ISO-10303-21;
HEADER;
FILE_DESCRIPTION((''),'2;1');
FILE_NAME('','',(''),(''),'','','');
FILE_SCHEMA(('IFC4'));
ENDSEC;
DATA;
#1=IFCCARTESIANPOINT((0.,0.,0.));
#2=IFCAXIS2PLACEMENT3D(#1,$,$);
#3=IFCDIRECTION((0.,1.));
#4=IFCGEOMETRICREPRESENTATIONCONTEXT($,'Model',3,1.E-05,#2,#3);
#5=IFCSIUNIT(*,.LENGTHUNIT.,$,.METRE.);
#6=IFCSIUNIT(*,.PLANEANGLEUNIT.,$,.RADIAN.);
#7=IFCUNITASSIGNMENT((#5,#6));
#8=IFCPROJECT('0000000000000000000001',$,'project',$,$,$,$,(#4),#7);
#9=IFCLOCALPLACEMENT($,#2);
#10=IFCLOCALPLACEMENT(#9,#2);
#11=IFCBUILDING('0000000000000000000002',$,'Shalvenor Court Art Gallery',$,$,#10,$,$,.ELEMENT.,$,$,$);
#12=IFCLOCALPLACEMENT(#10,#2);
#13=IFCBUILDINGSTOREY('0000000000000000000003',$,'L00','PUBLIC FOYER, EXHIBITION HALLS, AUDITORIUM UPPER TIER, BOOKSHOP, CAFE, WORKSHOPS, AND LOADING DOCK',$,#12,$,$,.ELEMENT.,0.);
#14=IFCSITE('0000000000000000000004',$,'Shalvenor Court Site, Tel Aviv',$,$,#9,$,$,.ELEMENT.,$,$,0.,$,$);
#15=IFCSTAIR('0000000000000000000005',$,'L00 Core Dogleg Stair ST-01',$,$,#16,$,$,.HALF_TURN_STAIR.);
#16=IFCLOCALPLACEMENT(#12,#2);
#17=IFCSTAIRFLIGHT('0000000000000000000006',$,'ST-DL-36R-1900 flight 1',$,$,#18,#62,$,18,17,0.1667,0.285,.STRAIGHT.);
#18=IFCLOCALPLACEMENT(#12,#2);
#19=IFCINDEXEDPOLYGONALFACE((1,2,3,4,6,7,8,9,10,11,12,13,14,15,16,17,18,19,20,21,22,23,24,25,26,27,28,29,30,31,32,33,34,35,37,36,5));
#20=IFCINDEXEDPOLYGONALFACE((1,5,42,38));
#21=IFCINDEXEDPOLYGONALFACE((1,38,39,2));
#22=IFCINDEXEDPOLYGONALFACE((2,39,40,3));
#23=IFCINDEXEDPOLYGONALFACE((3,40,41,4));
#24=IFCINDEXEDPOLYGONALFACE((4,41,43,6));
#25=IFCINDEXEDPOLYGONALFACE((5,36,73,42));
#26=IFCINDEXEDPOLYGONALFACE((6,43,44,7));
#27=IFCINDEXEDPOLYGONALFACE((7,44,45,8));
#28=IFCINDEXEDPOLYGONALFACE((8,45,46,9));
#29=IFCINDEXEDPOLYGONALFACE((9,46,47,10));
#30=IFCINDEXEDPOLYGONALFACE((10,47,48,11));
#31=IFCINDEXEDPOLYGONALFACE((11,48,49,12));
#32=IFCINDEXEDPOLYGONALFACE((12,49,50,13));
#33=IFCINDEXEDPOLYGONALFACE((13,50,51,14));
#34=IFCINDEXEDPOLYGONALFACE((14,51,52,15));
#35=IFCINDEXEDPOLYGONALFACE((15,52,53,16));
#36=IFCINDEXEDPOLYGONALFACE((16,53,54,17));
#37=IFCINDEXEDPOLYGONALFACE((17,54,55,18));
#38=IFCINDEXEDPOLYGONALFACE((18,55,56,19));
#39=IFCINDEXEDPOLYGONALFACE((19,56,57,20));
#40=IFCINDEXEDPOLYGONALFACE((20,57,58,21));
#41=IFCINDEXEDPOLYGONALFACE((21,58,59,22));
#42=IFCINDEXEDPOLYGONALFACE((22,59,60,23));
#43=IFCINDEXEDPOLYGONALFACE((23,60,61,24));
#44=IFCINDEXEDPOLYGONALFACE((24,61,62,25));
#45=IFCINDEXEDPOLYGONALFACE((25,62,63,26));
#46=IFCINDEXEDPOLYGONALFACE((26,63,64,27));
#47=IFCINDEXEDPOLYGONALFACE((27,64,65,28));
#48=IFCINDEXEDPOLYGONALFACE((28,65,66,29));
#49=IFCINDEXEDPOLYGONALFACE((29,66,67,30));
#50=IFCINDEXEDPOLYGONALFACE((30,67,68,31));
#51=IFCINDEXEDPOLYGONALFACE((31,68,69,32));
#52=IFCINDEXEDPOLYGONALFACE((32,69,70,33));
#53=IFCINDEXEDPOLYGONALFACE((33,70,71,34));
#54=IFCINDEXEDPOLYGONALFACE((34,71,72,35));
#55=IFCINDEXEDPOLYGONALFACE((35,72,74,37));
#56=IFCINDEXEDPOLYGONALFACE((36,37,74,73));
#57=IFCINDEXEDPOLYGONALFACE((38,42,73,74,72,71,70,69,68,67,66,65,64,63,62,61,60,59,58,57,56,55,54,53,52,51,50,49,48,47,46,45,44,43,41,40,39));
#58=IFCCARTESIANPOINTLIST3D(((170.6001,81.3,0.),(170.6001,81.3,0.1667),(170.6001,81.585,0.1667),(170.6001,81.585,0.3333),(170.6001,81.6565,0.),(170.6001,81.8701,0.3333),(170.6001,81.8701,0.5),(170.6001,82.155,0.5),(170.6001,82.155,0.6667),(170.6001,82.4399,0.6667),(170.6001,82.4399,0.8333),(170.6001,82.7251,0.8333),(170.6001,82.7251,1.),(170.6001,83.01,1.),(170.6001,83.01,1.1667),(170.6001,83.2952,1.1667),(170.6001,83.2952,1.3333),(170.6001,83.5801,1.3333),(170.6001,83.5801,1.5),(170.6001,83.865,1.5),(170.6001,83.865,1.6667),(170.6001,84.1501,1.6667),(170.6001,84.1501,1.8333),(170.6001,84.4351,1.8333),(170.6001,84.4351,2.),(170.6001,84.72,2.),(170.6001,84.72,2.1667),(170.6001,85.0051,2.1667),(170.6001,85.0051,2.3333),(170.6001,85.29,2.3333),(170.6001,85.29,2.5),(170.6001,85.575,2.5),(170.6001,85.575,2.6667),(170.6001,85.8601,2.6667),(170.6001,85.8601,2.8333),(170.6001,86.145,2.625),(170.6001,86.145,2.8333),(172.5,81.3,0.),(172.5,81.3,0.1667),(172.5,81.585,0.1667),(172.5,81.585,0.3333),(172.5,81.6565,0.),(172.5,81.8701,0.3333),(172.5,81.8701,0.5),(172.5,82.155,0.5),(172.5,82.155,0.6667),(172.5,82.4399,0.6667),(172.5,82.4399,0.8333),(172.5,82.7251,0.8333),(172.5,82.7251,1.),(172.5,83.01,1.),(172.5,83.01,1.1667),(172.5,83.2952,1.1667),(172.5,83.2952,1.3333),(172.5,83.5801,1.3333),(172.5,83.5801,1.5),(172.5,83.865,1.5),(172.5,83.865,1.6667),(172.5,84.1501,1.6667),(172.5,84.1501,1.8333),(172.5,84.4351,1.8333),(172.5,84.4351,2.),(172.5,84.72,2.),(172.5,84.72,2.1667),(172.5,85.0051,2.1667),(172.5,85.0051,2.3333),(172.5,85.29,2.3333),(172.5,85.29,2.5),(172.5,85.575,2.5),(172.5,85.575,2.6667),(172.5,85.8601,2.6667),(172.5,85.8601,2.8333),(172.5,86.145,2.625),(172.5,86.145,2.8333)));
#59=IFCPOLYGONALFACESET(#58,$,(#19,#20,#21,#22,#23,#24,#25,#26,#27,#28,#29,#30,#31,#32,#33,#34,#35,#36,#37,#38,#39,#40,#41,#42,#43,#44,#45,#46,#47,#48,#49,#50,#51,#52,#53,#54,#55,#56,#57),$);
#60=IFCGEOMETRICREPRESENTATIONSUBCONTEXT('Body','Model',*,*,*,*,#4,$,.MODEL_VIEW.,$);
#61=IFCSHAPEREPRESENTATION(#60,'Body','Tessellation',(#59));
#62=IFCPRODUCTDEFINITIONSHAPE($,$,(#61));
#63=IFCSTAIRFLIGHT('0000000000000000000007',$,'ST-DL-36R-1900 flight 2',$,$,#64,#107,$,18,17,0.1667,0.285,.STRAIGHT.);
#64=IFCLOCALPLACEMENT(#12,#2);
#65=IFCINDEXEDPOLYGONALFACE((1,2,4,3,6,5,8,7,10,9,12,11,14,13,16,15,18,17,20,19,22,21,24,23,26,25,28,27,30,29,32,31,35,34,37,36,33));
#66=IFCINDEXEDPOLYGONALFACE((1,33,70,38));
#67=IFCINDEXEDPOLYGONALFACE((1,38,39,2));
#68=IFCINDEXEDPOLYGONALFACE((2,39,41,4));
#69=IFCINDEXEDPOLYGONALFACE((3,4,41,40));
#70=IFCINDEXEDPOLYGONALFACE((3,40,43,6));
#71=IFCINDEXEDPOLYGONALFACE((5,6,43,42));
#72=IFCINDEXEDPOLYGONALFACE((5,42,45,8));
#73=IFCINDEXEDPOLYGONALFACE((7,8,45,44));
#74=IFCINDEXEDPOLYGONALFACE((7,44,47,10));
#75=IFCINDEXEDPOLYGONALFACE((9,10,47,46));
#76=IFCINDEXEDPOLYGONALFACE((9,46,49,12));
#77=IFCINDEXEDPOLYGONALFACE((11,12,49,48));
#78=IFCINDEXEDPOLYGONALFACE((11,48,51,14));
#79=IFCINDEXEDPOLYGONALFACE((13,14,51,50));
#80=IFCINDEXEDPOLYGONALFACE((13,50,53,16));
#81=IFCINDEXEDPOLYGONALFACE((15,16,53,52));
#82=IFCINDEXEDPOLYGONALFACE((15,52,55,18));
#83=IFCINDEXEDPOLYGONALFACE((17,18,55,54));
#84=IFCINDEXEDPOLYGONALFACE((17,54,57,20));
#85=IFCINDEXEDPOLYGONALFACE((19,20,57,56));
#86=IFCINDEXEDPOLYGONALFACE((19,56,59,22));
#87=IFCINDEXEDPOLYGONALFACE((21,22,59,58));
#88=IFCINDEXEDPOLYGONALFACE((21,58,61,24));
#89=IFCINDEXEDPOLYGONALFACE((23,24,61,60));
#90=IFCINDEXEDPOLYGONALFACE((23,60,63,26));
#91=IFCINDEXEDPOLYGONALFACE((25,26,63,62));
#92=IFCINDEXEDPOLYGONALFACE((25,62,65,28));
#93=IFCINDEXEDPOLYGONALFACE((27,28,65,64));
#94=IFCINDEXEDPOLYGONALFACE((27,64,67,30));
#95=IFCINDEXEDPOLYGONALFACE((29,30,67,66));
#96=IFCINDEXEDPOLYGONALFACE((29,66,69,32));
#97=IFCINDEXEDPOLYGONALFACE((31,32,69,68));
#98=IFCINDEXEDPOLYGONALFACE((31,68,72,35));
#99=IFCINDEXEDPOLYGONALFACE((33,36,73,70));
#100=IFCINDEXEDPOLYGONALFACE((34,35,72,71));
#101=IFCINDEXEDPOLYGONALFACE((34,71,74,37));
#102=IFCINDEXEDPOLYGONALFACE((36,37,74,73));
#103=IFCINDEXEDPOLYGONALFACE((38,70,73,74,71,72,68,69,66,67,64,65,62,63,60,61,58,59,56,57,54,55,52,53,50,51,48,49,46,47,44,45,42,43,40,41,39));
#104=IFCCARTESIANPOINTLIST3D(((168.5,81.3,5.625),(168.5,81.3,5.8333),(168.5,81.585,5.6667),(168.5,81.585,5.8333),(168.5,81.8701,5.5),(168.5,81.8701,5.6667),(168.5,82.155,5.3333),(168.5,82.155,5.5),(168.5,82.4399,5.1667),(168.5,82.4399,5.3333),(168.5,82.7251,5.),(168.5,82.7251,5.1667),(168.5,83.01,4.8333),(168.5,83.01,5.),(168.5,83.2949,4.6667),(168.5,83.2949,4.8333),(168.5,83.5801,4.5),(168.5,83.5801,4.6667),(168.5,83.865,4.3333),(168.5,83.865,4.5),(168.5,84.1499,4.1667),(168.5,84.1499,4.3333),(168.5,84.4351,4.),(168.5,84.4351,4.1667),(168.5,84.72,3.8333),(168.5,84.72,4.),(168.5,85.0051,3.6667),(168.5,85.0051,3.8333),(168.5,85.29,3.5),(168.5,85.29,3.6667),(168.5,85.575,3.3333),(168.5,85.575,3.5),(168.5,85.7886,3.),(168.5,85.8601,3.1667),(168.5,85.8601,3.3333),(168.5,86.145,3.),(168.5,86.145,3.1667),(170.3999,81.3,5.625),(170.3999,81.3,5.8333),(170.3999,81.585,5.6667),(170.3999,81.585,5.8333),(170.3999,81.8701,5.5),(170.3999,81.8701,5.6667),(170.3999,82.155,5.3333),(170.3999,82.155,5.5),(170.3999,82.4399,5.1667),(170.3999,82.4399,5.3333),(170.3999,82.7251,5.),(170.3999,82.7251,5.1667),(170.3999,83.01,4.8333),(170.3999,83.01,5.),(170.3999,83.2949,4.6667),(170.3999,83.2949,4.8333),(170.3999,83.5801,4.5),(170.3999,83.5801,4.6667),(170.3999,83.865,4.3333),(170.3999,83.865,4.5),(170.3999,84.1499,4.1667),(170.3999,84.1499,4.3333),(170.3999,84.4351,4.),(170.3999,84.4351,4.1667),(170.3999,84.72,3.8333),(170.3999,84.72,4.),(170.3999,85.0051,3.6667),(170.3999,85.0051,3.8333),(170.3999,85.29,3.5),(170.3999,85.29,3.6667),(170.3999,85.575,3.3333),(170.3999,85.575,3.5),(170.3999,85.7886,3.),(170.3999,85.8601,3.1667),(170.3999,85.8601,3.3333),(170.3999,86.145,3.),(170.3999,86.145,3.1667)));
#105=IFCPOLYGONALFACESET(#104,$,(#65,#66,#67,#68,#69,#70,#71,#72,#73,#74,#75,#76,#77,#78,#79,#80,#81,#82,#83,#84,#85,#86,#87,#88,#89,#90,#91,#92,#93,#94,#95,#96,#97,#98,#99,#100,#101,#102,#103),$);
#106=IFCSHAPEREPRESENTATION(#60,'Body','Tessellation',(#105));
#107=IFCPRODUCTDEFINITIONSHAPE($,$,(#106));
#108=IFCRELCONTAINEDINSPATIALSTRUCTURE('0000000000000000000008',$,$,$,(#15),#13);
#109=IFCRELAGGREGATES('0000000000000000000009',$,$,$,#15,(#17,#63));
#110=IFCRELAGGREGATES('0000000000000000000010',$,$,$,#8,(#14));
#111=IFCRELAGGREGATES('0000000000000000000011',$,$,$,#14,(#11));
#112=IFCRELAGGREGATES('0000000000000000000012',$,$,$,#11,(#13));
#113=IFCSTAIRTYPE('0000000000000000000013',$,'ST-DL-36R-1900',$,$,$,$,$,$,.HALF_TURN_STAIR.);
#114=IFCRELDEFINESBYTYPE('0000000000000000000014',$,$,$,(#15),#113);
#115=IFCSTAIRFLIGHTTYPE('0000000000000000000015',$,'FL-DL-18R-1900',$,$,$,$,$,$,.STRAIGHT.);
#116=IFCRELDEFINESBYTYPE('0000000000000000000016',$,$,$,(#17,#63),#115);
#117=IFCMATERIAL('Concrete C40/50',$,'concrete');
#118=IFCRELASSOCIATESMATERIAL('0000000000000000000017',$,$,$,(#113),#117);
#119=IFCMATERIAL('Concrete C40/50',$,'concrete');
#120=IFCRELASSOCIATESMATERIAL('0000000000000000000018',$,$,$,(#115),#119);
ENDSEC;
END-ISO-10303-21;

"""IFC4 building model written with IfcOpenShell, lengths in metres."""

from ifc_helpers import new_model, si_unit, direction, frame, origin, place, context, subcontext, project, spatial, polyline, outline, extrude, material, type_object, element, aggregate, save


model = new_model("IFC4")

# Units and contexts
model_context = context("Model", 3, precision=1e-05, world=origin(), true_north=direction((0.0, 1.0)))
body_context = subcontext(model_context, "Body", "Model", "MODEL_VIEW")
ifc_project = project(units=[si_unit("LENGTHUNIT", "METRE"), si_unit("PLANEANGLEUNIT", "RADIAN")], contexts=[model_context])

# Site, building, storey
site_placement = place(None, origin())
site = spatial("IfcSite", under=ifc_project, at=site_placement, Name="Shalvenor Court Site, Tel Aviv", CompositionType="ELEMENT", RefElevation=0.0)
building_placement = place(site_placement, origin())
building = spatial("IfcBuilding", under=site, at=building_placement, Name="Shalvenor Court Art Gallery", CompositionType="ELEMENT")
storey_placement = place(building_placement, origin())
storey = spatial("IfcBuildingStorey", under=building, at=storey_placement, Name="L00", Description="PUBLIC FOYER, EXHIBITION HALLS, AUDITORIUM UPPER TIER, BOOKSHOP, CAFE, WORKSHOPS, AND LOADING DOCK", CompositionType="ELEMENT", Elevation=0.0)

# Stair, stair flights
ifc_material_1 = material(Name="Concrete C40/50", Category="concrete")
stair_type = type_object("IfcStairType", Name="ST-DL-36R-1900", PredefinedType="HALF_TURN_STAIR", material=ifc_material_1)
stair_placement = place(storey_placement, origin())
stair = element("IfcStair", 1, at=stair_placement, inside=storey, type_object=stair_type, Name="L00 Core Dogleg Stair ST-01", PredefinedType="HALF_TURN_STAIR")
ifc_material_2 = material(Name="Concrete C40/50", Category="concrete")
stair_flight_type = type_object("IfcStairFlightType", Name="FL-DL-18R-1900", PredefinedType="STRAIGHT", material=ifc_material_2)
stair_flight_1_placement = place(storey_placement, frame((171.55, 81.3, 0.0), z_axis=(0.0, 0.0, 1.0), x_axis=(0.0, 1.0, 0.0)))
stair_flight_1 = element("IfcStairFlight", 2, at=stair_flight_1_placement, type_object=stair_flight_type, Name="ST-DL-36R-1900 flight 1", NumberOfRisers=18, NumberOfTreads=17, PredefinedType="STRAIGHT", RiserHeight=0.1667, TreadLength=0.285, context=body_context, shape_type="SweptSolid", body=[
    extrude(outline(polyline([(0.0, 0.0), (0.0, 0.1667), (0.2849, 0.1667), (0.2849, 0.3333), (0.5701, 0.3333), (0.5701, 0.5), (0.855, 0.5), (0.855, 0.6667), (1.1399, 0.6667), (1.1399, 0.8333), (1.425, 0.8333), (1.425, 1.0), (1.71, 1.0), (1.71, 1.1667), (1.9951, 1.1667), (1.9951, 1.3333), (2.28, 1.3333), (2.28, 1.5), (2.5649, 1.5), (2.5649, 1.6667), (2.8501, 1.6667), (2.8501, 1.8333), (3.135, 1.8333), (3.135, 2.0), (3.4199, 2.0), (3.4199, 2.1667), (3.7051, 2.1667), (3.7051, 2.3333), (3.99, 2.3333), (3.99, 2.5), (4.2749, 2.5), (4.2749, 2.6667), (4.5601, 2.6667), (4.5601, 2.8333), (4.845, 2.8333), (4.845, 3.0), (4.845, 2.625), (0.3564, 0.0), (0.0, 0.0)])), frame((0.0, 0.95, 0.0), z_axis=(0.0, -1.0, 0.0), x_axis=(1.0, 0.0, 0.0)), (0.0, 0.0, 1.0), 1.8999),
])
stair_flight_2_placement = place(storey_placement, frame((169.45, 86.145, 3.0), z_axis=(0.0, 0.0, 1.0), x_axis=(0.0, -1.0, 0.0)))
stair_flight_2 = element("IfcStairFlight", 3, at=stair_flight_2_placement, type_object=stair_flight_type, Name="ST-DL-36R-1900 flight 2", NumberOfRisers=18, NumberOfTreads=17, PredefinedType="STRAIGHT", RiserHeight=0.1667, TreadLength=0.285, context=body_context, shape_type="SweptSolid", body=[
    extrude(outline(polyline([(0.0, 0.0), (0.0, 0.1667), (0.2849, 0.1667), (0.2849, 0.3333), (0.5701, 0.3333), (0.5701, 0.5), (0.855, 0.5), (0.855, 0.6667), (1.1399, 0.6667), (1.1399, 0.8333), (1.425, 0.8333), (1.425, 1.0), (1.71, 1.0), (1.71, 1.1667), (1.9951, 1.1667), (1.9951, 1.3333), (2.28, 1.3333), (2.28, 1.5), (2.5649, 1.5), (2.5649, 1.6667), (2.8501, 1.6667), (2.8501, 1.8333), (3.135, 1.8333), (3.135, 2.0), (3.4199, 2.0), (3.4199, 2.1667), (3.7051, 2.1667), (3.7051, 2.3333), (3.99, 2.3333), (3.99, 2.5), (4.2749, 2.5), (4.2749, 2.6667), (4.5601, 2.6667), (4.5601, 2.8333), (4.845, 2.8333), (4.845, 3.0), (4.845, 2.625), (0.3564, 0.0), (0.0, 0.0)])), frame((0.0, 0.95, 0.0), z_axis=(0.0, -1.0, 0.0), x_axis=(1.0, 0.0, 0.0)), (0.0, 0.0, 1.0), 1.8999),
])
aggregate(stair, [stair_flight_1, stair_flight_2])

save(model, "model.ifc")
